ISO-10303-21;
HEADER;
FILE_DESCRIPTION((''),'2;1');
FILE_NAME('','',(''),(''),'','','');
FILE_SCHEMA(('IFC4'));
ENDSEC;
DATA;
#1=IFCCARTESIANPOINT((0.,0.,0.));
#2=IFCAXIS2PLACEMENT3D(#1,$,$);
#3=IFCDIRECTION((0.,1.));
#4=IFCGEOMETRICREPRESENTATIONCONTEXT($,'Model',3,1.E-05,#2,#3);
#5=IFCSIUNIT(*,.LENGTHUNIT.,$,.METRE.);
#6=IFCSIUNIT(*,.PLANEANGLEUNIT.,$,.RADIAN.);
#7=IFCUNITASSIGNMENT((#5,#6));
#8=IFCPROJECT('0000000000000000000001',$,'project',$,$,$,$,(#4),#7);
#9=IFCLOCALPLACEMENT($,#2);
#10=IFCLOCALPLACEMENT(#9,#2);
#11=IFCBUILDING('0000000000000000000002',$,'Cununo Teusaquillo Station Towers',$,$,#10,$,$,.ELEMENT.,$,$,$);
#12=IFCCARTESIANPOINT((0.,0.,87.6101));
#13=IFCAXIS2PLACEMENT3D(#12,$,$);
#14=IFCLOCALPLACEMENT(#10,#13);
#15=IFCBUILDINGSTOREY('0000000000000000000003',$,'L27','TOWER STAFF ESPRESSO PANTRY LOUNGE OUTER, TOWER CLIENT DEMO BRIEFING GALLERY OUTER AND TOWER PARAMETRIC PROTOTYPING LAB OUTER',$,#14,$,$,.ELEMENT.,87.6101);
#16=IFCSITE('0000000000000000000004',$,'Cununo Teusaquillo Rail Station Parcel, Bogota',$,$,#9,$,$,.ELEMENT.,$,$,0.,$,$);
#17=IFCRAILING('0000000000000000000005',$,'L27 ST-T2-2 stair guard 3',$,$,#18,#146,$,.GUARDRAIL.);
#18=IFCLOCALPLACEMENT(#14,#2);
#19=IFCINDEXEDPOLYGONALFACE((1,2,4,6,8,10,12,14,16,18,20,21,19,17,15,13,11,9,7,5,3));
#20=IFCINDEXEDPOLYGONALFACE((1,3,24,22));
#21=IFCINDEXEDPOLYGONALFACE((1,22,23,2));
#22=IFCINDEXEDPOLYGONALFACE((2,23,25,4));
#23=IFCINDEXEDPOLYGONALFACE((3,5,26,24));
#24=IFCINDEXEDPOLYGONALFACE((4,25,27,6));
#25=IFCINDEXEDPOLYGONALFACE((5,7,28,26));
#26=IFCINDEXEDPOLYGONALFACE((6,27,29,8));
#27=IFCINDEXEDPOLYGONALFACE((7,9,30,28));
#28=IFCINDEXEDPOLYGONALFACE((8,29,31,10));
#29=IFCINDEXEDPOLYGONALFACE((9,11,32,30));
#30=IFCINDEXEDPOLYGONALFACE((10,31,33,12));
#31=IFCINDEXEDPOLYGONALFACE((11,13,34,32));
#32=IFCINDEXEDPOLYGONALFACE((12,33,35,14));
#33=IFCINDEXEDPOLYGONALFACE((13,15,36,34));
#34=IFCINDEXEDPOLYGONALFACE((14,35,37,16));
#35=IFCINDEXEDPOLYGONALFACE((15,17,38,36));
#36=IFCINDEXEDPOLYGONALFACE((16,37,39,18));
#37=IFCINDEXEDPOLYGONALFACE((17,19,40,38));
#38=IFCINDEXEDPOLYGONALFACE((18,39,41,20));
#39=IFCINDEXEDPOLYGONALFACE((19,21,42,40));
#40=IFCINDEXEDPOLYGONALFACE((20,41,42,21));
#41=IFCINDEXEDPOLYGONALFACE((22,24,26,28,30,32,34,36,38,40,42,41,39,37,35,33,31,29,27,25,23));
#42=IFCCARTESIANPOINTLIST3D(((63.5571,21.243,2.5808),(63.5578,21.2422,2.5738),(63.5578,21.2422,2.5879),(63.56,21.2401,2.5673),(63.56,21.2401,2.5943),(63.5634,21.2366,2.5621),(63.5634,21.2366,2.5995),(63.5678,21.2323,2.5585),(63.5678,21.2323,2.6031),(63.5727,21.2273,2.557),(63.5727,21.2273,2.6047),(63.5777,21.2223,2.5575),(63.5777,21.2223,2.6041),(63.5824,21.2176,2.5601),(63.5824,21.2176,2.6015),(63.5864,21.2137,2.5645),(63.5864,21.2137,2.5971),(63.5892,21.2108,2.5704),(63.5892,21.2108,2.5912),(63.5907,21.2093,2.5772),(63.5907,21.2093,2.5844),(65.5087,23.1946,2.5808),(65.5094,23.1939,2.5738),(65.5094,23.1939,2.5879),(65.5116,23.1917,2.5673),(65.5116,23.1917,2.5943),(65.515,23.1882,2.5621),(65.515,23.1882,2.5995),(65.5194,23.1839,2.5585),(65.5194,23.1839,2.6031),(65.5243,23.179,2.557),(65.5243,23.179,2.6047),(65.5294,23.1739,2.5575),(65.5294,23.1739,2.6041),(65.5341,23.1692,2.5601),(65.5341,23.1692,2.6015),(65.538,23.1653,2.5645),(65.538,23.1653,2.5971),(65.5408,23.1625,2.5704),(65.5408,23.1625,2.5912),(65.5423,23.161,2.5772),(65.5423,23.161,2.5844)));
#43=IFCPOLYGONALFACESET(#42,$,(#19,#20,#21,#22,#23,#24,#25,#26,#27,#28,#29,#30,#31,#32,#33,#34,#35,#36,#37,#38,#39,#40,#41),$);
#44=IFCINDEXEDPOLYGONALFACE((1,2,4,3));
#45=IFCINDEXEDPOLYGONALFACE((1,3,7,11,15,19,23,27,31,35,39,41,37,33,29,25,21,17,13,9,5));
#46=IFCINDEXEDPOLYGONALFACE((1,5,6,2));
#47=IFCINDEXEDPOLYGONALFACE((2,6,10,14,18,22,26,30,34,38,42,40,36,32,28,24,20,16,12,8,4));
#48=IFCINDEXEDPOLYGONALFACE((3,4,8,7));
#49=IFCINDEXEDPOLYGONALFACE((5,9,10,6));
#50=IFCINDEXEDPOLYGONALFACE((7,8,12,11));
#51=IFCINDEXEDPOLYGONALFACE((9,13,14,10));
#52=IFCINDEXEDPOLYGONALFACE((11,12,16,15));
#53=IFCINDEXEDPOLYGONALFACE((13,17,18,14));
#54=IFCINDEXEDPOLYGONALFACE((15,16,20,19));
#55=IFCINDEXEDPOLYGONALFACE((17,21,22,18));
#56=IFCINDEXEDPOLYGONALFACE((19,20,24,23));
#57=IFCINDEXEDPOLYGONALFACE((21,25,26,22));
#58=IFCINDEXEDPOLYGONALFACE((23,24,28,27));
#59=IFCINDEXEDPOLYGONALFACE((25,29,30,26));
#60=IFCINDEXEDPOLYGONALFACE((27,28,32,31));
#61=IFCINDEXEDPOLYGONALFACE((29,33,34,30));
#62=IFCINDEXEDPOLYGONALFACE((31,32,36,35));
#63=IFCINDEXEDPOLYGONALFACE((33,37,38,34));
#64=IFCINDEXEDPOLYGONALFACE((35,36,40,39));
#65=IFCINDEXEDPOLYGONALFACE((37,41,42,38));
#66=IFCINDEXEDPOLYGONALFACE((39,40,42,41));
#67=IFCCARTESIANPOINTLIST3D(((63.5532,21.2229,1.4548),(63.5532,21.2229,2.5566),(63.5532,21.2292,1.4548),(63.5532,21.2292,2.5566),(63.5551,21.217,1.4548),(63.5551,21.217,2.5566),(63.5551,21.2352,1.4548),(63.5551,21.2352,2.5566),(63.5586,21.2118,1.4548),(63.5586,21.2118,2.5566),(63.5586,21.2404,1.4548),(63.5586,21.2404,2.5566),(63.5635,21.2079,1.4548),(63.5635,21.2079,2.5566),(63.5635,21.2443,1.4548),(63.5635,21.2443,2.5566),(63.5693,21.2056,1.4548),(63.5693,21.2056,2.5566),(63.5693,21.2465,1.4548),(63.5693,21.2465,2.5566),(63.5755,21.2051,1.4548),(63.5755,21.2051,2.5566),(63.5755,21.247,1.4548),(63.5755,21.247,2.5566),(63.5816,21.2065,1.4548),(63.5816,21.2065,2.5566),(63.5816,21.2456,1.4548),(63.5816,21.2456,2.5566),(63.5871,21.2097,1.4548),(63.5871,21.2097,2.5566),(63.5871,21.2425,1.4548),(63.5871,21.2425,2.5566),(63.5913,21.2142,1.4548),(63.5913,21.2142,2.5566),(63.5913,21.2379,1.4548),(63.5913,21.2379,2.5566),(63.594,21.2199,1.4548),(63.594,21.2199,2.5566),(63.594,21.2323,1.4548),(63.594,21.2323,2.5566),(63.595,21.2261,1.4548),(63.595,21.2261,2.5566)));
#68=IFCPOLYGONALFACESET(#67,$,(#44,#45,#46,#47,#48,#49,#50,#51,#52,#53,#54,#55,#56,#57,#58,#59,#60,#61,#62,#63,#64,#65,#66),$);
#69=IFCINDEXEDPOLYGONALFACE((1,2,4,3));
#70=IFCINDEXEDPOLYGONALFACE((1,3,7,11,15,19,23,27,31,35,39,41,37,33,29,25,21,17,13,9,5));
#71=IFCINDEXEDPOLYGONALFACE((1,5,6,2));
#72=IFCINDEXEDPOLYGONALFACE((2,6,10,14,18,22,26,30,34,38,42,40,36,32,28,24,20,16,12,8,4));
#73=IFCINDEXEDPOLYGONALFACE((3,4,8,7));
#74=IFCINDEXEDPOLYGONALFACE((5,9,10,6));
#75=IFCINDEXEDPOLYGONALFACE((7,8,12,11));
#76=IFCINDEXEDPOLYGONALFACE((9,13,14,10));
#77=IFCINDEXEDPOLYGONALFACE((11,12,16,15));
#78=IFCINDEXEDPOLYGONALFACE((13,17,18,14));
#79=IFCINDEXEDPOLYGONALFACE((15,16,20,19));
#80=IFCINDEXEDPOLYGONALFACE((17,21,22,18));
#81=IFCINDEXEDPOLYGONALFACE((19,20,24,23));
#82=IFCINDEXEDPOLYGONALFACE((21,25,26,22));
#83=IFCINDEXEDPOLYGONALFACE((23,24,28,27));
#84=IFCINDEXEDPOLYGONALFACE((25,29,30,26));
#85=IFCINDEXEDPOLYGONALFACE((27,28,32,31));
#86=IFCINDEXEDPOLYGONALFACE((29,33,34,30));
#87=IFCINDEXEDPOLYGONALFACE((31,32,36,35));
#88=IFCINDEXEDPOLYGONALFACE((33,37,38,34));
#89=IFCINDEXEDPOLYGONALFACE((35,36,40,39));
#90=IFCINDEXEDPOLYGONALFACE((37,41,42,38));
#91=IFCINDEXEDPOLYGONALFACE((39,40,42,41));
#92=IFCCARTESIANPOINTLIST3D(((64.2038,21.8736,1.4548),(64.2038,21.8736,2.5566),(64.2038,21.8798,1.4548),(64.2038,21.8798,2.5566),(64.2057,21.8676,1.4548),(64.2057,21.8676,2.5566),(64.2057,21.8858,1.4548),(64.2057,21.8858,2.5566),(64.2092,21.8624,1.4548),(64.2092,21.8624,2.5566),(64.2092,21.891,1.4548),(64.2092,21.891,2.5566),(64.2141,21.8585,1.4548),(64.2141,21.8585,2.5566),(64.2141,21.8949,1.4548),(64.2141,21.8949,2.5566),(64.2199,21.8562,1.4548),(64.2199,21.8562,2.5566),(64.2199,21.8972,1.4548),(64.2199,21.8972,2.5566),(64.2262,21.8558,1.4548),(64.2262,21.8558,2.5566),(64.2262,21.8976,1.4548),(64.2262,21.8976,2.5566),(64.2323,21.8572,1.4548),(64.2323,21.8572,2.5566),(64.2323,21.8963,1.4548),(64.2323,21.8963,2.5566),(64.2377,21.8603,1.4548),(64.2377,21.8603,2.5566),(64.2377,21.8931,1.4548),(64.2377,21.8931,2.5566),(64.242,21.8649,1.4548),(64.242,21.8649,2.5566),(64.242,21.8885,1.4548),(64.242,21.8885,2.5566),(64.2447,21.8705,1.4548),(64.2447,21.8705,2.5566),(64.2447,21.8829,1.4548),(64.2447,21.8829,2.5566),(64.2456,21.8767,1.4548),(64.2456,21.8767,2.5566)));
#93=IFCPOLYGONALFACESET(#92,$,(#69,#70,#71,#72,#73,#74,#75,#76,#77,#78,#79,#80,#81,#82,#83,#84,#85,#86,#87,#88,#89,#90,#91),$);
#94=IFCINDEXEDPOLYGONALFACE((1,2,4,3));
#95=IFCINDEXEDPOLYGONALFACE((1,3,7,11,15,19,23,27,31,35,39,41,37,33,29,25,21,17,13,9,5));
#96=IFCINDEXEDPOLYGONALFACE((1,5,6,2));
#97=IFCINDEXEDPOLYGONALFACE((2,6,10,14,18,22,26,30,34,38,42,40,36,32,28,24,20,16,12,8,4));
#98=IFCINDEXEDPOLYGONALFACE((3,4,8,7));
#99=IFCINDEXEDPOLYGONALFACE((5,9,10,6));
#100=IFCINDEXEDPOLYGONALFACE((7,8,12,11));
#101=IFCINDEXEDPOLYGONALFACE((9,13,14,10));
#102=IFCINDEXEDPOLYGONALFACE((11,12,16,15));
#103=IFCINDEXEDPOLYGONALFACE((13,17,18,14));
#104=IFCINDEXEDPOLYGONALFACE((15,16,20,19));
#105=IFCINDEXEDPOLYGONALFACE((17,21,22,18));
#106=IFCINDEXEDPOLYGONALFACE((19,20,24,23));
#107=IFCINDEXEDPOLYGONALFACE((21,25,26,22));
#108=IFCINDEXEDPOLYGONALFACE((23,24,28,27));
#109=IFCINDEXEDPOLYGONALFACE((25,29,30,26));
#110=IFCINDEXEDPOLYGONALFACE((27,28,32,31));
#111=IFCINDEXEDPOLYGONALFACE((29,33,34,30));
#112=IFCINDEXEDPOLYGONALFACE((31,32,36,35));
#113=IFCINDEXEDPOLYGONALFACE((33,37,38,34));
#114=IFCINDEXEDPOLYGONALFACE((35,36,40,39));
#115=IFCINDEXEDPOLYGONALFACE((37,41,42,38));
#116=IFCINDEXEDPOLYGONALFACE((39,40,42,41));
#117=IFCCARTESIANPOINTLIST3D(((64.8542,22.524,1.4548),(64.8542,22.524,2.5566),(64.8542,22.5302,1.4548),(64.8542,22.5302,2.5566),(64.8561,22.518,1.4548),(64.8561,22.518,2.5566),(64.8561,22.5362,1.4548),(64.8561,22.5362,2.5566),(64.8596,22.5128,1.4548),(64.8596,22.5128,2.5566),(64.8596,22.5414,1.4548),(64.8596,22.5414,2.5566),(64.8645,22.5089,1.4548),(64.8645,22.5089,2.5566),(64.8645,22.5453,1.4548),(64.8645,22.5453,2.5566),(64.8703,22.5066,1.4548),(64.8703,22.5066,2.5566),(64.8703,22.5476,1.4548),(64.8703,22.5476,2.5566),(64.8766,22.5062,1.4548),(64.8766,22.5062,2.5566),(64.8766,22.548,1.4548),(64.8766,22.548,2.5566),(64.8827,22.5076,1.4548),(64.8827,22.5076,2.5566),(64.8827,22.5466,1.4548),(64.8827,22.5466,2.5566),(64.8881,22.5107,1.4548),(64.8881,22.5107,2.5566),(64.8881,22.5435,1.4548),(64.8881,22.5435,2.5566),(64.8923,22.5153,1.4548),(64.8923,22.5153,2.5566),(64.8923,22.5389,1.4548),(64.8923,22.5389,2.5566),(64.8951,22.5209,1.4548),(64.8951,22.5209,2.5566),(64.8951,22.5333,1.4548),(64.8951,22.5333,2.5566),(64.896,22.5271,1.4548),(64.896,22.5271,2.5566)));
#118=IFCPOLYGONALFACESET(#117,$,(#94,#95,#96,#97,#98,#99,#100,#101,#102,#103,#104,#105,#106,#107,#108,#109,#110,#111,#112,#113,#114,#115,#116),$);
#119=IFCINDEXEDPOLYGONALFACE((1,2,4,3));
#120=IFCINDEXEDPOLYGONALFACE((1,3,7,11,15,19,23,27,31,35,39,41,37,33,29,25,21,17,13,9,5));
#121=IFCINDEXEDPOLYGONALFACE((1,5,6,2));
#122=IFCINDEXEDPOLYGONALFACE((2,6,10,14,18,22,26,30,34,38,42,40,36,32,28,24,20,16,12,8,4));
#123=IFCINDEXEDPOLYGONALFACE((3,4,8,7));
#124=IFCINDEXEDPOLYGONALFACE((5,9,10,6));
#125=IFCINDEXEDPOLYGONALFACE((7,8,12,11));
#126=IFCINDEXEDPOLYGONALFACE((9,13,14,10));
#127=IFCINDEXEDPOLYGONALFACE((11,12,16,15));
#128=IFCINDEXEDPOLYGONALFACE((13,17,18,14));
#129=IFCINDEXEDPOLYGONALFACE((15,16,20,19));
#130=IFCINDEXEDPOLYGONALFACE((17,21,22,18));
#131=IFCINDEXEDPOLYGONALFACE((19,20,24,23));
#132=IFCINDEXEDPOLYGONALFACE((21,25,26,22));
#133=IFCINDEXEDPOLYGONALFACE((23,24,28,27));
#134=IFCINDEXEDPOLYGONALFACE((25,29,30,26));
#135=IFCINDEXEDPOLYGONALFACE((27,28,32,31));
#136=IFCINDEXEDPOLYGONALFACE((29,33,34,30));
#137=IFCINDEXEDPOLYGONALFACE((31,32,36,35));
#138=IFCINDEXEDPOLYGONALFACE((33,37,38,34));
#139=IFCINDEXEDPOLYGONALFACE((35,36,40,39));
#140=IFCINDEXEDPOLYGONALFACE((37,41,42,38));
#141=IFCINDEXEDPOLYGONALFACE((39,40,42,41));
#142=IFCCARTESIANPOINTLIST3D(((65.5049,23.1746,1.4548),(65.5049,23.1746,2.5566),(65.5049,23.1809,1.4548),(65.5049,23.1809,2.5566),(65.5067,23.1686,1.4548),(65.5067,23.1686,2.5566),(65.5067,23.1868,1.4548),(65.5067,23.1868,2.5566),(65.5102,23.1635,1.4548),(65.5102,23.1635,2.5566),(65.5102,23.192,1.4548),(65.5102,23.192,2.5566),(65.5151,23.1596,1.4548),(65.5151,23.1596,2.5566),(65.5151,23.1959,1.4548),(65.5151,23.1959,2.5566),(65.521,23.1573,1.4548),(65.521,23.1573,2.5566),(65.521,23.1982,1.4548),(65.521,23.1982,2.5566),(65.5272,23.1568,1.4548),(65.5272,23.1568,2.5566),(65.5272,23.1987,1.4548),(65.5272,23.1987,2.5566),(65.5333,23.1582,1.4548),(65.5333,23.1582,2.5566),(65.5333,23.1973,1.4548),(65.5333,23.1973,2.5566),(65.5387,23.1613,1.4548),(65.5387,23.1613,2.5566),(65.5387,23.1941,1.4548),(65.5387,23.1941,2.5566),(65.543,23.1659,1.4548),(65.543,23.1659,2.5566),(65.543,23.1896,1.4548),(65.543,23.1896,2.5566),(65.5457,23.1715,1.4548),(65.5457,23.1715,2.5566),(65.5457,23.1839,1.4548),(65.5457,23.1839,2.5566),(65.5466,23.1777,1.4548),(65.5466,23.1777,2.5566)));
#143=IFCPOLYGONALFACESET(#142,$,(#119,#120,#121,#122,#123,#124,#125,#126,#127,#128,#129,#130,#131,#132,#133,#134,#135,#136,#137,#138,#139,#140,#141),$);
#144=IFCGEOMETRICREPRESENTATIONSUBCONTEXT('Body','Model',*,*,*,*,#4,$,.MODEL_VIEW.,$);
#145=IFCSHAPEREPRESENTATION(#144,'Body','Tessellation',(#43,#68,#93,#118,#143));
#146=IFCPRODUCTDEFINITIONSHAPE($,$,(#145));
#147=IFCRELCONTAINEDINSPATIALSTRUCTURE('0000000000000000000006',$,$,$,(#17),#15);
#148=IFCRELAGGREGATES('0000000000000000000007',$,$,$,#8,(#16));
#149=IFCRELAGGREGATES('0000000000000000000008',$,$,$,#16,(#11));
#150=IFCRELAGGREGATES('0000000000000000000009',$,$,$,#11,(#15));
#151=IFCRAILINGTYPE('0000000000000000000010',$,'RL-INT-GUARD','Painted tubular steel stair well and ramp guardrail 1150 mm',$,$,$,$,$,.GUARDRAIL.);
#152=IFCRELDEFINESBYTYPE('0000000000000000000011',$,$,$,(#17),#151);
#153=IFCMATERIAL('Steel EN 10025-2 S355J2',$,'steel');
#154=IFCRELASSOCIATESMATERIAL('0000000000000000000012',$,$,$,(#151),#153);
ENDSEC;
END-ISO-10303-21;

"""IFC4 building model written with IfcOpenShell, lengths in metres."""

from ifc_helpers import new_model, si_unit, direction, frame, origin, origin_2d, place, context, subcontext, project, spatial, circle, extrude, material, type_object, element, save


model = new_model("IFC4")

# Units and contexts
model_context = context("Model", 3, precision=1e-05, world=origin(), true_north=direction((0.0, 1.0)))
body_context = subcontext(model_context, "Body", "Model", "MODEL_VIEW")
ifc_project = project(units=[si_unit("LENGTHUNIT", "METRE"), si_unit("PLANEANGLEUNIT", "RADIAN")], contexts=[model_context])

# Site, building, storey
site_placement = place(None, origin())
site = spatial("IfcSite", under=ifc_project, at=site_placement, Name="Cununo Teusaquillo Rail Station Parcel, Bogota", CompositionType="ELEMENT", RefElevation=0.0)
building_placement = place(site_placement, origin())
building = spatial("IfcBuilding", under=site, at=building_placement, Name="Cununo Teusaquillo Station Towers", CompositionType="ELEMENT")
storey_placement = place(building_placement, frame((0.0, 0.0, 87.6101)))
storey = spatial("IfcBuildingStorey", under=building, at=storey_placement, Name="L27", Description="TOWER STAFF ESPRESSO PANTRY LOUNGE OUTER, TOWER CLIENT DEMO BRIEFING GALLERY OUTER AND TOWER PARAMETRIC PROTOTYPING LAB OUTER", CompositionType="ELEMENT", Elevation=87.6101)

# Railing
ifc_material_1 = material(Name="Steel EN 10025-2 S355J2", Category="steel")
railing_type = type_object("IfcRailingType", Name="RL-INT-GUARD", Description="Painted tubular steel stair well and ramp guardrail 1150 mm", PredefinedType="GUARDRAIL", material=ifc_material_1)
railing_1_placement = place(storey_placement, frame((63.574, 21.2261, 1.4548)))
element("IfcRailing", 1, at=railing_1_placement, inside=storey, type_object=railing_type, Name="L27 ST-T2-2 stair guard 3", PredefinedType="GUARDRAIL", context=body_context, shape_type="SweptSolid", body=[
    extrude(circle(Radius=0.0239, at=origin_2d()), frame((0.0, 0.0, 1.126), z_axis=(0.707107, 0.707107, 0.0), x_axis=(-0.707107, 0.707107, 0.0)), (0.0, 0.0, 1.0), 2.76),
    extrude(circle(Radius=0.021, at=origin_2d()), origin(), (0.0, 0.0, 1.0), 1.1018),
    extrude(circle(Radius=0.021, at=origin_2d()), frame((0.6506, 0.6506, 0.0)), (0.0, 0.0, 1.0), 1.1018),
    extrude(circle(Radius=0.021, at=origin_2d()), frame((1.301, 1.301, 0.0)), (0.0, 0.0, 1.0), 1.1018),
    extrude(circle(Radius=0.021, at=origin_2d()), frame((1.9517, 1.9517, 0.0)), (0.0, 0.0, 1.0), 1.1018),
])

save(model, "model.ifc")
